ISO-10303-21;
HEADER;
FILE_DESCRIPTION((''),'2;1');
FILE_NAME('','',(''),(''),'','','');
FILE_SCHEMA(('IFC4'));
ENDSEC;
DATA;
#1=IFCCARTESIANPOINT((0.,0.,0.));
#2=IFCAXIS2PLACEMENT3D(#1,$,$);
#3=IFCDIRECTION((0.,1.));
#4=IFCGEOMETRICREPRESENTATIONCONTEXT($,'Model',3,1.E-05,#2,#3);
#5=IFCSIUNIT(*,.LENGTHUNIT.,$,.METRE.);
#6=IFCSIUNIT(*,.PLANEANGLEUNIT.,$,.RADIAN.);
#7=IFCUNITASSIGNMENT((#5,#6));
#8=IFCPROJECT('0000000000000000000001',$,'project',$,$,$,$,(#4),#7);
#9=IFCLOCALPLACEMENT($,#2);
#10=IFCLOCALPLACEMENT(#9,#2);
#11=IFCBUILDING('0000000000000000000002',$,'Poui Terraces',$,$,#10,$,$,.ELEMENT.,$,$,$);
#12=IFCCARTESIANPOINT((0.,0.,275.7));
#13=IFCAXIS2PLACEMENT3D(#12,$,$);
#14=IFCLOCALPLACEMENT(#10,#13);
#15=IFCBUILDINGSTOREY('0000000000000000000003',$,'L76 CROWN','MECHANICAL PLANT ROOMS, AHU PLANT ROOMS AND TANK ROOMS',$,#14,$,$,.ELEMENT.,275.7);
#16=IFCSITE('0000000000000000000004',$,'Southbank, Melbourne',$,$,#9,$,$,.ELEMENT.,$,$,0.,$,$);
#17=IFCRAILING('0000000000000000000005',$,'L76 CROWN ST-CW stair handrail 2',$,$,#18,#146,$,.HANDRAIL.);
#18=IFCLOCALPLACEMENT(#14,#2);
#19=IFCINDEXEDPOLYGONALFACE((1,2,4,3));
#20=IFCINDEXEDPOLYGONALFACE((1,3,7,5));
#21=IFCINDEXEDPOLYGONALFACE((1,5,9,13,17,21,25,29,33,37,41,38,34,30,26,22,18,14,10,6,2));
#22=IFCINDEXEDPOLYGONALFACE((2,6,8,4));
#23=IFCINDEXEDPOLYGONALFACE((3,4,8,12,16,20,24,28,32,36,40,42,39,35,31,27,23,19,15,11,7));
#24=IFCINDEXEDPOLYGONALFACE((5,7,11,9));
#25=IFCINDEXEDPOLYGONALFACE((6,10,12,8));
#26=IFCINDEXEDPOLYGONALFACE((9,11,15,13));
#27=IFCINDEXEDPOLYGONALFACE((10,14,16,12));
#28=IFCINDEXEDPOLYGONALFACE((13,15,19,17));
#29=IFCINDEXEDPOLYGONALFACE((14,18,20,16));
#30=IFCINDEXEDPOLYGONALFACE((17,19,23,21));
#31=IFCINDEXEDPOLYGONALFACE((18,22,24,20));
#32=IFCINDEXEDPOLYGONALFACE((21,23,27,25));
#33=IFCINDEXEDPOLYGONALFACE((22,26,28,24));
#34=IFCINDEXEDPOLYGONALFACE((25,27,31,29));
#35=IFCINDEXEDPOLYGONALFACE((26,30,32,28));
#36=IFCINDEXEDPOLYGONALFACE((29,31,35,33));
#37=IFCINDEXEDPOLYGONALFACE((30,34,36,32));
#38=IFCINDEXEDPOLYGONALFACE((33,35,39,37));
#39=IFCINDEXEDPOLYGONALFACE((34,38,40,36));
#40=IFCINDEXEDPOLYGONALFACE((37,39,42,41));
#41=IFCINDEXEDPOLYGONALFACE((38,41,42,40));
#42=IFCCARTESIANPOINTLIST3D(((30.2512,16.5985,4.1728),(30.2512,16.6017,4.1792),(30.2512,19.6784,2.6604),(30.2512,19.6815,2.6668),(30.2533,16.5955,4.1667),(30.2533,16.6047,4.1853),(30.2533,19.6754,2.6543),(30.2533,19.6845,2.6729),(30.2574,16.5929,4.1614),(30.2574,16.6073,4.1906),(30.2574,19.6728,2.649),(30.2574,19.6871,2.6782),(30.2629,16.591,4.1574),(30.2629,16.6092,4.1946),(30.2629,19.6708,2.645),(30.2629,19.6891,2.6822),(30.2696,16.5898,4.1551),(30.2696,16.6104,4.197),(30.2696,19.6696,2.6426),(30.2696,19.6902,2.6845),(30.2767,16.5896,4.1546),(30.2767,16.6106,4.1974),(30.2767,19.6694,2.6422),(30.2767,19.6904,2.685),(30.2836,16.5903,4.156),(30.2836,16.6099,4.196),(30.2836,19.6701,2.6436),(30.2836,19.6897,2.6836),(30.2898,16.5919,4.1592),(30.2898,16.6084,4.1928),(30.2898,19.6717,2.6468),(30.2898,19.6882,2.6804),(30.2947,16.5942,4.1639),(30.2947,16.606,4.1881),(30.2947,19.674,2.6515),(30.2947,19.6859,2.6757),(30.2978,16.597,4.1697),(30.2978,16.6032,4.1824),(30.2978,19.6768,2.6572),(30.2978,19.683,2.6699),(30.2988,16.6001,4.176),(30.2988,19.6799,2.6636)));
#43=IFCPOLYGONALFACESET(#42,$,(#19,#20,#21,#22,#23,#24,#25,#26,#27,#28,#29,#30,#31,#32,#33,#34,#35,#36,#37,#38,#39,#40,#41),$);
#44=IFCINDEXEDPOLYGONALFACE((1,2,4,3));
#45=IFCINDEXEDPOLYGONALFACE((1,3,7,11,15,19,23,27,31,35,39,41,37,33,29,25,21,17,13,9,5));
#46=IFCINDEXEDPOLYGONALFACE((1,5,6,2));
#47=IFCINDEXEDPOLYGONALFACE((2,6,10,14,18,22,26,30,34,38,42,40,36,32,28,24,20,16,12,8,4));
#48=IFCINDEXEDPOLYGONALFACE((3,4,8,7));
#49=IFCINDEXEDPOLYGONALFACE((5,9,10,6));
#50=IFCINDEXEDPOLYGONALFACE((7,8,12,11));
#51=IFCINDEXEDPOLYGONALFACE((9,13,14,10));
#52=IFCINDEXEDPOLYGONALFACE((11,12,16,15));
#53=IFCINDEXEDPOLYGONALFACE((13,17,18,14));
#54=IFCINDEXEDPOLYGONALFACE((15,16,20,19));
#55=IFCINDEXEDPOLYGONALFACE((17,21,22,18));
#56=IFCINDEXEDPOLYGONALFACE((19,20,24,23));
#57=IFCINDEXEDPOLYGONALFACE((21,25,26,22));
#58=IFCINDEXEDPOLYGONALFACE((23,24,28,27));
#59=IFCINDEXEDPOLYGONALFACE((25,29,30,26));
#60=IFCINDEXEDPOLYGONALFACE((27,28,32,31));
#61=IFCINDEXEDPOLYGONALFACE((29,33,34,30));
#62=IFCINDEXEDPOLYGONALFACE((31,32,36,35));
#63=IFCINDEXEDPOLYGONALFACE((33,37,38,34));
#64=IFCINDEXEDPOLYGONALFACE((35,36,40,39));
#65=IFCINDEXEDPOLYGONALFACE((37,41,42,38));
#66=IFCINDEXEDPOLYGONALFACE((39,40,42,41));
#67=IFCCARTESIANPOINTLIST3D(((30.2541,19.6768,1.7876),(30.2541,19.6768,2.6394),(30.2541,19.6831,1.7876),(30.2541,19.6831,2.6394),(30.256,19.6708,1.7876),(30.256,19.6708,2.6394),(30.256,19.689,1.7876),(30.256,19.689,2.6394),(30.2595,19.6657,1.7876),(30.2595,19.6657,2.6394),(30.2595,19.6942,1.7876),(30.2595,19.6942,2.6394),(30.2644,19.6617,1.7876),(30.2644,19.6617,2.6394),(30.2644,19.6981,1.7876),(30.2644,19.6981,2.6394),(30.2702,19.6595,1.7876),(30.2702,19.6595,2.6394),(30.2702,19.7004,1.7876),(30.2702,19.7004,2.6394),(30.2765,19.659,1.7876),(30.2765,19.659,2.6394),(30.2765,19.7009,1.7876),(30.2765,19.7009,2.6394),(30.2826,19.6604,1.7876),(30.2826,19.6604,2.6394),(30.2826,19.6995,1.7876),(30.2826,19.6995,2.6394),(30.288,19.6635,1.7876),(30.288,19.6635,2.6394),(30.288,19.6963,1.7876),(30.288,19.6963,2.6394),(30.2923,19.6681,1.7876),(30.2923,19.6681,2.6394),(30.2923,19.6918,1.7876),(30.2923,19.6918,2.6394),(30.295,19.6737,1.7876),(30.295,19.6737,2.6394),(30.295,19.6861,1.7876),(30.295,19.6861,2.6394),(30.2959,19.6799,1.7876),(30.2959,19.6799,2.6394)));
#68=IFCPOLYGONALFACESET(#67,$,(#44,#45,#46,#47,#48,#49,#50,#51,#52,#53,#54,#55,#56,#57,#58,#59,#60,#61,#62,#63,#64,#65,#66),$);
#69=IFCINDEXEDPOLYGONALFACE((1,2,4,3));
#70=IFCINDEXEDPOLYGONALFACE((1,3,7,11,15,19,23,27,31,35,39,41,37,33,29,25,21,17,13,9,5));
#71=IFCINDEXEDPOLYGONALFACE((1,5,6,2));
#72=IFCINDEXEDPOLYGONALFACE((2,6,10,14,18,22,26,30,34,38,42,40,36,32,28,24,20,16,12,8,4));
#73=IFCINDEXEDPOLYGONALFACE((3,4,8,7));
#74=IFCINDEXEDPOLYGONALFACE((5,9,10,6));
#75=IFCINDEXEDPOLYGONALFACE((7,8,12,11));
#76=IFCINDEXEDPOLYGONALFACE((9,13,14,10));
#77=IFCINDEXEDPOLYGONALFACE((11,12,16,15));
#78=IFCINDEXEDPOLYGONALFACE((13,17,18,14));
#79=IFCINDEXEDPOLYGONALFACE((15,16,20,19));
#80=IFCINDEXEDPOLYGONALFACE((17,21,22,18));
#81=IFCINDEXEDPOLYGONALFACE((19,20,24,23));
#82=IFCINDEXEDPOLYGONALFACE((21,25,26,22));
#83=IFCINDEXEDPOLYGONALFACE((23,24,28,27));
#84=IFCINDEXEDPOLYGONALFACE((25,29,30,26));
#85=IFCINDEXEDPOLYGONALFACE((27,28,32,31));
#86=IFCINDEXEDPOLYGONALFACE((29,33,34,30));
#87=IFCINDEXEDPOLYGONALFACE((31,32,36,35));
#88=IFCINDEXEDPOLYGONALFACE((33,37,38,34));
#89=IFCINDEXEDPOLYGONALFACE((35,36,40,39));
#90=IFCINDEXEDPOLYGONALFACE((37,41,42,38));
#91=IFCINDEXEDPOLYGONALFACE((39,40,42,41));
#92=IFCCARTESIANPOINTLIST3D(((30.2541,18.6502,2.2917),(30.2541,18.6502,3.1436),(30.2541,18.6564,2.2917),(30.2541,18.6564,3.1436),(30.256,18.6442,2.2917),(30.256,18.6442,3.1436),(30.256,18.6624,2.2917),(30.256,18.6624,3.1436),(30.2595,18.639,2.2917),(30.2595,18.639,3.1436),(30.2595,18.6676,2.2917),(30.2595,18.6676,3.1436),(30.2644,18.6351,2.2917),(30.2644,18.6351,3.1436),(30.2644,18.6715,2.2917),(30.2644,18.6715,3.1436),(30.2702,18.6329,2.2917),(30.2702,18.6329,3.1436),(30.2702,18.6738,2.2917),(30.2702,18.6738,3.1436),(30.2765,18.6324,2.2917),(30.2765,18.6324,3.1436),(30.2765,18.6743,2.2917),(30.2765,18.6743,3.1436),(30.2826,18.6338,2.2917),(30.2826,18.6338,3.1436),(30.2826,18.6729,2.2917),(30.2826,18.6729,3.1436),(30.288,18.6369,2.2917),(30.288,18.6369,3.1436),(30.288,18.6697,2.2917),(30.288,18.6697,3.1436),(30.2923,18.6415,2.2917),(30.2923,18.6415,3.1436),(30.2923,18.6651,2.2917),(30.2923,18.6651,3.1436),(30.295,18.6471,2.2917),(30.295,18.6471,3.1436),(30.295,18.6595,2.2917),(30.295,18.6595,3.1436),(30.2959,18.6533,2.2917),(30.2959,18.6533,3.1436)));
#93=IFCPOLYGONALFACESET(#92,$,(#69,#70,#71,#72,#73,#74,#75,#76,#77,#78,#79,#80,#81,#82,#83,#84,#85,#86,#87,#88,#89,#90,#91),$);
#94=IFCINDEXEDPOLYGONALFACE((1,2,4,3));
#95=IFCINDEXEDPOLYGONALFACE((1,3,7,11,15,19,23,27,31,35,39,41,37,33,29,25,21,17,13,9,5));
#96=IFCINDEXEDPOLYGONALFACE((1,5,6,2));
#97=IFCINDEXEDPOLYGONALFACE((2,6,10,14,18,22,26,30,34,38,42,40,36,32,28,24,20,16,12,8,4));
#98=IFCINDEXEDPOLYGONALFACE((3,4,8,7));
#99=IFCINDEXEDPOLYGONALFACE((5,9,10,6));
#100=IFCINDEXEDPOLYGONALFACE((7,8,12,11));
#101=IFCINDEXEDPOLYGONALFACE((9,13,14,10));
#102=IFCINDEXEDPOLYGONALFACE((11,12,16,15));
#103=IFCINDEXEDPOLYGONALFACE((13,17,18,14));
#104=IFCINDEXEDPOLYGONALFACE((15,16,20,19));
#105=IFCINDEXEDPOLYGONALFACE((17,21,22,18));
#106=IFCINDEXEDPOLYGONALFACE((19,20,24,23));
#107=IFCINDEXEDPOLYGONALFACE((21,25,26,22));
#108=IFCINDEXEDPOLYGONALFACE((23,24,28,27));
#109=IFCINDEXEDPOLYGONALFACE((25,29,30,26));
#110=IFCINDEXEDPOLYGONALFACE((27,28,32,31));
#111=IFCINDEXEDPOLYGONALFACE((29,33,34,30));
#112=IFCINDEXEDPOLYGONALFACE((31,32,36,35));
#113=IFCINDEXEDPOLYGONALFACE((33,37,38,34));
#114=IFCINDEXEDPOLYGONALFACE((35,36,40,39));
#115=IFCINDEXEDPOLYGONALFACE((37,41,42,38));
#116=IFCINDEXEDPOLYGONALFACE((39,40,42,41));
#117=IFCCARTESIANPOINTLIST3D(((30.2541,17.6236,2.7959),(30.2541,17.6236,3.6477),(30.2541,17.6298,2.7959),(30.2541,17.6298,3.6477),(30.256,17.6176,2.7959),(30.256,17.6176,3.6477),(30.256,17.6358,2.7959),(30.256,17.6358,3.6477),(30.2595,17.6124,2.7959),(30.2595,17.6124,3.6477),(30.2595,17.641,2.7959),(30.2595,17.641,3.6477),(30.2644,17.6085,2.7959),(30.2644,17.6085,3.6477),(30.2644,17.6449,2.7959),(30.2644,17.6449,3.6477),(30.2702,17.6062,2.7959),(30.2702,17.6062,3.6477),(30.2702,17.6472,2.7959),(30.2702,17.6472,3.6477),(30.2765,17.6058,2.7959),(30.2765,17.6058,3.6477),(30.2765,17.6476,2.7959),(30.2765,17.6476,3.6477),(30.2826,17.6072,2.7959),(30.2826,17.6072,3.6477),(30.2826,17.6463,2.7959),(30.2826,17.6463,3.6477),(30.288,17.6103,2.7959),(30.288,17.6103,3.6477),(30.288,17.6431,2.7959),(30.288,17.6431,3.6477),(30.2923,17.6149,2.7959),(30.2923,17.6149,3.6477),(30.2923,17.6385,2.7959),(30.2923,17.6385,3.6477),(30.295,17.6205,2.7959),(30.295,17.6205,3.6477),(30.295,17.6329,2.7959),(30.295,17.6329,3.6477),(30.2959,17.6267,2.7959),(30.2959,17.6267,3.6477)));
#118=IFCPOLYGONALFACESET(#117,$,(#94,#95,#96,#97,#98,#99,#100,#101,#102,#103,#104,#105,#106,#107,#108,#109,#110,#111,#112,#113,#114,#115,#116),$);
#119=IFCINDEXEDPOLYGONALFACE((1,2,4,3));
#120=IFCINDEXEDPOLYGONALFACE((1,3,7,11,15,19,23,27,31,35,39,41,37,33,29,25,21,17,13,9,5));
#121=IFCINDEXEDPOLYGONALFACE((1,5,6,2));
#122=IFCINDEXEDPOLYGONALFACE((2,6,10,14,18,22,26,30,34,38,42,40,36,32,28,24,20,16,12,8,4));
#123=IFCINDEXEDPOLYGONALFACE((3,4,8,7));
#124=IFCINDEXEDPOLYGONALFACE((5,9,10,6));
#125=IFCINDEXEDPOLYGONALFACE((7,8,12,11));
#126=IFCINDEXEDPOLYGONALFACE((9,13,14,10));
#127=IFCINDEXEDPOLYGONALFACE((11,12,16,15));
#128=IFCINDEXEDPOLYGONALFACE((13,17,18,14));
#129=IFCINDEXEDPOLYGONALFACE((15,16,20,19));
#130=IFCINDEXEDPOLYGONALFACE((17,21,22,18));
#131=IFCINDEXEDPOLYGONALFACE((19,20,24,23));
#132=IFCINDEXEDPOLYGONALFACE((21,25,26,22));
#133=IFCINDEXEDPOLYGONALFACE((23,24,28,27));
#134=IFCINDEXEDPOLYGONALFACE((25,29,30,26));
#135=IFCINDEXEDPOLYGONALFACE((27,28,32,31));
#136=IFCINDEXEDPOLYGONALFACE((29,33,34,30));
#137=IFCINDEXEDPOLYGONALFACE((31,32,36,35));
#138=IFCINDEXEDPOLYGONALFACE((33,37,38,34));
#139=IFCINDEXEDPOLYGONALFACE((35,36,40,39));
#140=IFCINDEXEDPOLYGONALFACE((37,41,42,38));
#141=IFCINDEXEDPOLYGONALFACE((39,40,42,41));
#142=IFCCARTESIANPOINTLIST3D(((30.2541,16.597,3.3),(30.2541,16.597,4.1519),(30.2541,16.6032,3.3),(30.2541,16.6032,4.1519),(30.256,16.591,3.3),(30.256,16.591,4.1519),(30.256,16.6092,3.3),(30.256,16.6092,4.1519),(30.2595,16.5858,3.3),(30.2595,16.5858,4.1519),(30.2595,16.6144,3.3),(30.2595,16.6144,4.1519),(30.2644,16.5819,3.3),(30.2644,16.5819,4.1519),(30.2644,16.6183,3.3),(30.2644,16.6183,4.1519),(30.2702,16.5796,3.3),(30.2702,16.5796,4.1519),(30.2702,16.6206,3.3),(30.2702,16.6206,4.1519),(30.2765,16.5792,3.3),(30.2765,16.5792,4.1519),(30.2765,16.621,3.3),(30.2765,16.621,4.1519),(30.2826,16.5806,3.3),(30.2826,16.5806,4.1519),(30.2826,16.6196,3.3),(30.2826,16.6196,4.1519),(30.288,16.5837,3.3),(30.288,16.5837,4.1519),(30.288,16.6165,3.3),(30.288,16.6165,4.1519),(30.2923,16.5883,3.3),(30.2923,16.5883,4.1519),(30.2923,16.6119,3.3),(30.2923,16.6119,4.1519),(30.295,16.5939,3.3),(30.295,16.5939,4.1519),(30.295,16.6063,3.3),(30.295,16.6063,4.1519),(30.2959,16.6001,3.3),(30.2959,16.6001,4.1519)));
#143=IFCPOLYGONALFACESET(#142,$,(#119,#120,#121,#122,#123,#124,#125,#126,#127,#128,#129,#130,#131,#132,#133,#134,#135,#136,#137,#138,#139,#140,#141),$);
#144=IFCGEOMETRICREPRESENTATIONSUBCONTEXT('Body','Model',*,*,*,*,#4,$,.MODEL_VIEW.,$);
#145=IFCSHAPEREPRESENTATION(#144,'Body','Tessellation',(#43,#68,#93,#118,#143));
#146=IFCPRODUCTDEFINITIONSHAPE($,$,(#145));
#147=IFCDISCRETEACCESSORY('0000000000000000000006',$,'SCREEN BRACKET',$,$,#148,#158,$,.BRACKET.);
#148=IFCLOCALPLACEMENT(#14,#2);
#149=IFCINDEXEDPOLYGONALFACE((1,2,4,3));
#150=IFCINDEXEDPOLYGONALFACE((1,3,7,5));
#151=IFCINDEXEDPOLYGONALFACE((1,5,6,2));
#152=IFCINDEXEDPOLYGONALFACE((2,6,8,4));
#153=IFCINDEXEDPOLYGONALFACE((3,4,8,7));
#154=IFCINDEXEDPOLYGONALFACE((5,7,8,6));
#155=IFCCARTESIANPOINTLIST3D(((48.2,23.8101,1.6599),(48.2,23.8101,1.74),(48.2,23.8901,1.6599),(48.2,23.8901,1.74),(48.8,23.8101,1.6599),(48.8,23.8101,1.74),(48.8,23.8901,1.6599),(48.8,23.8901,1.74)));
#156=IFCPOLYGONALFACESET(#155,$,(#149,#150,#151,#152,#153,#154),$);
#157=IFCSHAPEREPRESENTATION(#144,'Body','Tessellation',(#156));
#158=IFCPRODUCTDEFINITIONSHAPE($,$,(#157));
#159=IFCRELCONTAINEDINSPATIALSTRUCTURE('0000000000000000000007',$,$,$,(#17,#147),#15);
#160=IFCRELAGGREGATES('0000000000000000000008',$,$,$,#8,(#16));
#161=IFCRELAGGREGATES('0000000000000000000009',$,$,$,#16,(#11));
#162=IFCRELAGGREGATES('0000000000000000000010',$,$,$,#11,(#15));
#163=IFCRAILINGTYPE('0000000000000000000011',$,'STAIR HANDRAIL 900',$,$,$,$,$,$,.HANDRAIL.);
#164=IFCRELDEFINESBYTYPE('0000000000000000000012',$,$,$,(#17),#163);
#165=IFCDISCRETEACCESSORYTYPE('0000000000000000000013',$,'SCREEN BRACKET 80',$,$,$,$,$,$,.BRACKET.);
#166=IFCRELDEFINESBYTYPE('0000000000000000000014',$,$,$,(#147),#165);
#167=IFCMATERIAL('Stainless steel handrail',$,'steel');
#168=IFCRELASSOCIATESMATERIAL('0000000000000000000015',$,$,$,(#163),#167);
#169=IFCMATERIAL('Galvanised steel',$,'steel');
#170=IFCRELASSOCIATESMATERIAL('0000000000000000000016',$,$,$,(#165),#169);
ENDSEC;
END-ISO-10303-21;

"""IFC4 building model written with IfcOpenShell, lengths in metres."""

from ifc_helpers import new_model, si_unit, direction, frame, origin, origin_2d, place, context, subcontext, project, spatial, rectangle, circle, extrude, source, transform, mapped, material, material_profile, profile_set, type_object, element, save


model = new_model("IFC4")

# Units and contexts
model_context = context("Model", 3, precision=1e-05, world=origin(), true_north=direction((0.0, 1.0)))
body_context = subcontext(model_context, "Body", "Model", "MODEL_VIEW")
ifc_project = project(units=[si_unit("LENGTHUNIT", "METRE"), si_unit("PLANEANGLEUNIT", "RADIAN")], contexts=[model_context])

# Site, building, storey
site_placement = place(None, origin())
site = spatial("IfcSite", under=ifc_project, at=site_placement, Name="Southbank, Melbourne", CompositionType="ELEMENT", RefElevation=0.0)
building_placement = place(site_placement, origin())
building = spatial("IfcBuilding", under=site, at=building_placement, Name="Poui Terraces", CompositionType="ELEMENT")
storey_placement = place(building_placement, frame((0.0, 0.0, 275.7)))
storey = spatial("IfcBuildingStorey", under=building, at=storey_placement, Name="L76 CROWN", Description="MECHANICAL PLANT ROOMS, AHU PLANT ROOMS AND TANK ROOMS", CompositionType="ELEMENT", Elevation=275.7)

# Railing
ifc_material_1 = material(Name="Stainless steel handrail", Category="steel")
railing_type_1 = type_object("IfcRailingType", Name="STAIR HANDRAIL 900", PredefinedType="HANDRAIL", material=ifc_material_1)
railing_1_placement = place(storey_placement, frame((30.2749, 19.6799, 1.7876)))
element("IfcRailing", 1, at=railing_1_placement, inside=storey, type_object=railing_type_1, Name="L76 CROWN ST-CW stair handrail 2", PredefinedType="HANDRAIL", context=body_context, shape_type="SweptSolid", body=[
    extrude(circle(Radius=0.0239, at=origin_2d()), frame((0.0, 0.0, 0.876), z_axis=(0.0, -0.897606, 0.440798), x_axis=(1.0, 0.0, 0.0)), (0.0, 0.0, 1.0), 3.4312),
    extrude(circle(Radius=0.021, at=origin_2d()), origin(), (0.0, 0.0, 1.0), 0.8518),
    extrude(circle(Radius=0.021, at=origin_2d()), frame((0.0, -1.0266, 0.5042)), (0.0, 0.0, 1.0), 0.8518),
    extrude(circle(Radius=0.021, at=origin_2d()), frame((0.0, -2.0532, 1.0083)), (0.0, 0.0, 1.0), 0.8518),
    extrude(circle(Radius=0.021, at=origin_2d()), frame((0.0, -3.0798, 1.5125)), (0.0, 0.0, 1.0), 0.8518),
])

# Discrete accessory
ifc_material_2 = material(Name="Galvanised steel", Category="steel")
ifc_material_profile_1 = material_profile(ifc_material_2, rectangle(XDim=0.0801, YDim=0.0801, at=origin_2d()), Name="SCREEN BRACKET 80")
ifc_profile_set_1 = profile_set([ifc_material_profile_1], Name="Galvanised steel")
discrete_accessory_type = type_object("IfcDiscreteAccessoryType", Name="SCREEN BRACKET 80", PredefinedType="BRACKET", material=ifc_profile_set_1)
shared_shape_1 = source(origin(), body_context, "Body", "SweptSolid", [
    extrude(rectangle(XDim=0.0801, YDim=0.0801, at=origin_2d()), origin(), (0.0, 0.0, 1.0), 0.6001),
])
discrete_accessory_placement = place(storey_placement, frame((48.2, 23.8501, 1.7), z_axis=(1.0, 0.0, 0.0), x_axis=(0.0, 1.0, 0.0)))
element("IfcDiscreteAccessory", 2, at=discrete_accessory_placement, inside=storey, type_object=discrete_accessory_type, Name="SCREEN BRACKET", PredefinedType="BRACKET", context=body_context, shape_type="MappedRepresentation", body=[
    mapped(shared_shape_1, transform((0.0, 0.0, 0.0))),
])

save(model, "model.ifc")
